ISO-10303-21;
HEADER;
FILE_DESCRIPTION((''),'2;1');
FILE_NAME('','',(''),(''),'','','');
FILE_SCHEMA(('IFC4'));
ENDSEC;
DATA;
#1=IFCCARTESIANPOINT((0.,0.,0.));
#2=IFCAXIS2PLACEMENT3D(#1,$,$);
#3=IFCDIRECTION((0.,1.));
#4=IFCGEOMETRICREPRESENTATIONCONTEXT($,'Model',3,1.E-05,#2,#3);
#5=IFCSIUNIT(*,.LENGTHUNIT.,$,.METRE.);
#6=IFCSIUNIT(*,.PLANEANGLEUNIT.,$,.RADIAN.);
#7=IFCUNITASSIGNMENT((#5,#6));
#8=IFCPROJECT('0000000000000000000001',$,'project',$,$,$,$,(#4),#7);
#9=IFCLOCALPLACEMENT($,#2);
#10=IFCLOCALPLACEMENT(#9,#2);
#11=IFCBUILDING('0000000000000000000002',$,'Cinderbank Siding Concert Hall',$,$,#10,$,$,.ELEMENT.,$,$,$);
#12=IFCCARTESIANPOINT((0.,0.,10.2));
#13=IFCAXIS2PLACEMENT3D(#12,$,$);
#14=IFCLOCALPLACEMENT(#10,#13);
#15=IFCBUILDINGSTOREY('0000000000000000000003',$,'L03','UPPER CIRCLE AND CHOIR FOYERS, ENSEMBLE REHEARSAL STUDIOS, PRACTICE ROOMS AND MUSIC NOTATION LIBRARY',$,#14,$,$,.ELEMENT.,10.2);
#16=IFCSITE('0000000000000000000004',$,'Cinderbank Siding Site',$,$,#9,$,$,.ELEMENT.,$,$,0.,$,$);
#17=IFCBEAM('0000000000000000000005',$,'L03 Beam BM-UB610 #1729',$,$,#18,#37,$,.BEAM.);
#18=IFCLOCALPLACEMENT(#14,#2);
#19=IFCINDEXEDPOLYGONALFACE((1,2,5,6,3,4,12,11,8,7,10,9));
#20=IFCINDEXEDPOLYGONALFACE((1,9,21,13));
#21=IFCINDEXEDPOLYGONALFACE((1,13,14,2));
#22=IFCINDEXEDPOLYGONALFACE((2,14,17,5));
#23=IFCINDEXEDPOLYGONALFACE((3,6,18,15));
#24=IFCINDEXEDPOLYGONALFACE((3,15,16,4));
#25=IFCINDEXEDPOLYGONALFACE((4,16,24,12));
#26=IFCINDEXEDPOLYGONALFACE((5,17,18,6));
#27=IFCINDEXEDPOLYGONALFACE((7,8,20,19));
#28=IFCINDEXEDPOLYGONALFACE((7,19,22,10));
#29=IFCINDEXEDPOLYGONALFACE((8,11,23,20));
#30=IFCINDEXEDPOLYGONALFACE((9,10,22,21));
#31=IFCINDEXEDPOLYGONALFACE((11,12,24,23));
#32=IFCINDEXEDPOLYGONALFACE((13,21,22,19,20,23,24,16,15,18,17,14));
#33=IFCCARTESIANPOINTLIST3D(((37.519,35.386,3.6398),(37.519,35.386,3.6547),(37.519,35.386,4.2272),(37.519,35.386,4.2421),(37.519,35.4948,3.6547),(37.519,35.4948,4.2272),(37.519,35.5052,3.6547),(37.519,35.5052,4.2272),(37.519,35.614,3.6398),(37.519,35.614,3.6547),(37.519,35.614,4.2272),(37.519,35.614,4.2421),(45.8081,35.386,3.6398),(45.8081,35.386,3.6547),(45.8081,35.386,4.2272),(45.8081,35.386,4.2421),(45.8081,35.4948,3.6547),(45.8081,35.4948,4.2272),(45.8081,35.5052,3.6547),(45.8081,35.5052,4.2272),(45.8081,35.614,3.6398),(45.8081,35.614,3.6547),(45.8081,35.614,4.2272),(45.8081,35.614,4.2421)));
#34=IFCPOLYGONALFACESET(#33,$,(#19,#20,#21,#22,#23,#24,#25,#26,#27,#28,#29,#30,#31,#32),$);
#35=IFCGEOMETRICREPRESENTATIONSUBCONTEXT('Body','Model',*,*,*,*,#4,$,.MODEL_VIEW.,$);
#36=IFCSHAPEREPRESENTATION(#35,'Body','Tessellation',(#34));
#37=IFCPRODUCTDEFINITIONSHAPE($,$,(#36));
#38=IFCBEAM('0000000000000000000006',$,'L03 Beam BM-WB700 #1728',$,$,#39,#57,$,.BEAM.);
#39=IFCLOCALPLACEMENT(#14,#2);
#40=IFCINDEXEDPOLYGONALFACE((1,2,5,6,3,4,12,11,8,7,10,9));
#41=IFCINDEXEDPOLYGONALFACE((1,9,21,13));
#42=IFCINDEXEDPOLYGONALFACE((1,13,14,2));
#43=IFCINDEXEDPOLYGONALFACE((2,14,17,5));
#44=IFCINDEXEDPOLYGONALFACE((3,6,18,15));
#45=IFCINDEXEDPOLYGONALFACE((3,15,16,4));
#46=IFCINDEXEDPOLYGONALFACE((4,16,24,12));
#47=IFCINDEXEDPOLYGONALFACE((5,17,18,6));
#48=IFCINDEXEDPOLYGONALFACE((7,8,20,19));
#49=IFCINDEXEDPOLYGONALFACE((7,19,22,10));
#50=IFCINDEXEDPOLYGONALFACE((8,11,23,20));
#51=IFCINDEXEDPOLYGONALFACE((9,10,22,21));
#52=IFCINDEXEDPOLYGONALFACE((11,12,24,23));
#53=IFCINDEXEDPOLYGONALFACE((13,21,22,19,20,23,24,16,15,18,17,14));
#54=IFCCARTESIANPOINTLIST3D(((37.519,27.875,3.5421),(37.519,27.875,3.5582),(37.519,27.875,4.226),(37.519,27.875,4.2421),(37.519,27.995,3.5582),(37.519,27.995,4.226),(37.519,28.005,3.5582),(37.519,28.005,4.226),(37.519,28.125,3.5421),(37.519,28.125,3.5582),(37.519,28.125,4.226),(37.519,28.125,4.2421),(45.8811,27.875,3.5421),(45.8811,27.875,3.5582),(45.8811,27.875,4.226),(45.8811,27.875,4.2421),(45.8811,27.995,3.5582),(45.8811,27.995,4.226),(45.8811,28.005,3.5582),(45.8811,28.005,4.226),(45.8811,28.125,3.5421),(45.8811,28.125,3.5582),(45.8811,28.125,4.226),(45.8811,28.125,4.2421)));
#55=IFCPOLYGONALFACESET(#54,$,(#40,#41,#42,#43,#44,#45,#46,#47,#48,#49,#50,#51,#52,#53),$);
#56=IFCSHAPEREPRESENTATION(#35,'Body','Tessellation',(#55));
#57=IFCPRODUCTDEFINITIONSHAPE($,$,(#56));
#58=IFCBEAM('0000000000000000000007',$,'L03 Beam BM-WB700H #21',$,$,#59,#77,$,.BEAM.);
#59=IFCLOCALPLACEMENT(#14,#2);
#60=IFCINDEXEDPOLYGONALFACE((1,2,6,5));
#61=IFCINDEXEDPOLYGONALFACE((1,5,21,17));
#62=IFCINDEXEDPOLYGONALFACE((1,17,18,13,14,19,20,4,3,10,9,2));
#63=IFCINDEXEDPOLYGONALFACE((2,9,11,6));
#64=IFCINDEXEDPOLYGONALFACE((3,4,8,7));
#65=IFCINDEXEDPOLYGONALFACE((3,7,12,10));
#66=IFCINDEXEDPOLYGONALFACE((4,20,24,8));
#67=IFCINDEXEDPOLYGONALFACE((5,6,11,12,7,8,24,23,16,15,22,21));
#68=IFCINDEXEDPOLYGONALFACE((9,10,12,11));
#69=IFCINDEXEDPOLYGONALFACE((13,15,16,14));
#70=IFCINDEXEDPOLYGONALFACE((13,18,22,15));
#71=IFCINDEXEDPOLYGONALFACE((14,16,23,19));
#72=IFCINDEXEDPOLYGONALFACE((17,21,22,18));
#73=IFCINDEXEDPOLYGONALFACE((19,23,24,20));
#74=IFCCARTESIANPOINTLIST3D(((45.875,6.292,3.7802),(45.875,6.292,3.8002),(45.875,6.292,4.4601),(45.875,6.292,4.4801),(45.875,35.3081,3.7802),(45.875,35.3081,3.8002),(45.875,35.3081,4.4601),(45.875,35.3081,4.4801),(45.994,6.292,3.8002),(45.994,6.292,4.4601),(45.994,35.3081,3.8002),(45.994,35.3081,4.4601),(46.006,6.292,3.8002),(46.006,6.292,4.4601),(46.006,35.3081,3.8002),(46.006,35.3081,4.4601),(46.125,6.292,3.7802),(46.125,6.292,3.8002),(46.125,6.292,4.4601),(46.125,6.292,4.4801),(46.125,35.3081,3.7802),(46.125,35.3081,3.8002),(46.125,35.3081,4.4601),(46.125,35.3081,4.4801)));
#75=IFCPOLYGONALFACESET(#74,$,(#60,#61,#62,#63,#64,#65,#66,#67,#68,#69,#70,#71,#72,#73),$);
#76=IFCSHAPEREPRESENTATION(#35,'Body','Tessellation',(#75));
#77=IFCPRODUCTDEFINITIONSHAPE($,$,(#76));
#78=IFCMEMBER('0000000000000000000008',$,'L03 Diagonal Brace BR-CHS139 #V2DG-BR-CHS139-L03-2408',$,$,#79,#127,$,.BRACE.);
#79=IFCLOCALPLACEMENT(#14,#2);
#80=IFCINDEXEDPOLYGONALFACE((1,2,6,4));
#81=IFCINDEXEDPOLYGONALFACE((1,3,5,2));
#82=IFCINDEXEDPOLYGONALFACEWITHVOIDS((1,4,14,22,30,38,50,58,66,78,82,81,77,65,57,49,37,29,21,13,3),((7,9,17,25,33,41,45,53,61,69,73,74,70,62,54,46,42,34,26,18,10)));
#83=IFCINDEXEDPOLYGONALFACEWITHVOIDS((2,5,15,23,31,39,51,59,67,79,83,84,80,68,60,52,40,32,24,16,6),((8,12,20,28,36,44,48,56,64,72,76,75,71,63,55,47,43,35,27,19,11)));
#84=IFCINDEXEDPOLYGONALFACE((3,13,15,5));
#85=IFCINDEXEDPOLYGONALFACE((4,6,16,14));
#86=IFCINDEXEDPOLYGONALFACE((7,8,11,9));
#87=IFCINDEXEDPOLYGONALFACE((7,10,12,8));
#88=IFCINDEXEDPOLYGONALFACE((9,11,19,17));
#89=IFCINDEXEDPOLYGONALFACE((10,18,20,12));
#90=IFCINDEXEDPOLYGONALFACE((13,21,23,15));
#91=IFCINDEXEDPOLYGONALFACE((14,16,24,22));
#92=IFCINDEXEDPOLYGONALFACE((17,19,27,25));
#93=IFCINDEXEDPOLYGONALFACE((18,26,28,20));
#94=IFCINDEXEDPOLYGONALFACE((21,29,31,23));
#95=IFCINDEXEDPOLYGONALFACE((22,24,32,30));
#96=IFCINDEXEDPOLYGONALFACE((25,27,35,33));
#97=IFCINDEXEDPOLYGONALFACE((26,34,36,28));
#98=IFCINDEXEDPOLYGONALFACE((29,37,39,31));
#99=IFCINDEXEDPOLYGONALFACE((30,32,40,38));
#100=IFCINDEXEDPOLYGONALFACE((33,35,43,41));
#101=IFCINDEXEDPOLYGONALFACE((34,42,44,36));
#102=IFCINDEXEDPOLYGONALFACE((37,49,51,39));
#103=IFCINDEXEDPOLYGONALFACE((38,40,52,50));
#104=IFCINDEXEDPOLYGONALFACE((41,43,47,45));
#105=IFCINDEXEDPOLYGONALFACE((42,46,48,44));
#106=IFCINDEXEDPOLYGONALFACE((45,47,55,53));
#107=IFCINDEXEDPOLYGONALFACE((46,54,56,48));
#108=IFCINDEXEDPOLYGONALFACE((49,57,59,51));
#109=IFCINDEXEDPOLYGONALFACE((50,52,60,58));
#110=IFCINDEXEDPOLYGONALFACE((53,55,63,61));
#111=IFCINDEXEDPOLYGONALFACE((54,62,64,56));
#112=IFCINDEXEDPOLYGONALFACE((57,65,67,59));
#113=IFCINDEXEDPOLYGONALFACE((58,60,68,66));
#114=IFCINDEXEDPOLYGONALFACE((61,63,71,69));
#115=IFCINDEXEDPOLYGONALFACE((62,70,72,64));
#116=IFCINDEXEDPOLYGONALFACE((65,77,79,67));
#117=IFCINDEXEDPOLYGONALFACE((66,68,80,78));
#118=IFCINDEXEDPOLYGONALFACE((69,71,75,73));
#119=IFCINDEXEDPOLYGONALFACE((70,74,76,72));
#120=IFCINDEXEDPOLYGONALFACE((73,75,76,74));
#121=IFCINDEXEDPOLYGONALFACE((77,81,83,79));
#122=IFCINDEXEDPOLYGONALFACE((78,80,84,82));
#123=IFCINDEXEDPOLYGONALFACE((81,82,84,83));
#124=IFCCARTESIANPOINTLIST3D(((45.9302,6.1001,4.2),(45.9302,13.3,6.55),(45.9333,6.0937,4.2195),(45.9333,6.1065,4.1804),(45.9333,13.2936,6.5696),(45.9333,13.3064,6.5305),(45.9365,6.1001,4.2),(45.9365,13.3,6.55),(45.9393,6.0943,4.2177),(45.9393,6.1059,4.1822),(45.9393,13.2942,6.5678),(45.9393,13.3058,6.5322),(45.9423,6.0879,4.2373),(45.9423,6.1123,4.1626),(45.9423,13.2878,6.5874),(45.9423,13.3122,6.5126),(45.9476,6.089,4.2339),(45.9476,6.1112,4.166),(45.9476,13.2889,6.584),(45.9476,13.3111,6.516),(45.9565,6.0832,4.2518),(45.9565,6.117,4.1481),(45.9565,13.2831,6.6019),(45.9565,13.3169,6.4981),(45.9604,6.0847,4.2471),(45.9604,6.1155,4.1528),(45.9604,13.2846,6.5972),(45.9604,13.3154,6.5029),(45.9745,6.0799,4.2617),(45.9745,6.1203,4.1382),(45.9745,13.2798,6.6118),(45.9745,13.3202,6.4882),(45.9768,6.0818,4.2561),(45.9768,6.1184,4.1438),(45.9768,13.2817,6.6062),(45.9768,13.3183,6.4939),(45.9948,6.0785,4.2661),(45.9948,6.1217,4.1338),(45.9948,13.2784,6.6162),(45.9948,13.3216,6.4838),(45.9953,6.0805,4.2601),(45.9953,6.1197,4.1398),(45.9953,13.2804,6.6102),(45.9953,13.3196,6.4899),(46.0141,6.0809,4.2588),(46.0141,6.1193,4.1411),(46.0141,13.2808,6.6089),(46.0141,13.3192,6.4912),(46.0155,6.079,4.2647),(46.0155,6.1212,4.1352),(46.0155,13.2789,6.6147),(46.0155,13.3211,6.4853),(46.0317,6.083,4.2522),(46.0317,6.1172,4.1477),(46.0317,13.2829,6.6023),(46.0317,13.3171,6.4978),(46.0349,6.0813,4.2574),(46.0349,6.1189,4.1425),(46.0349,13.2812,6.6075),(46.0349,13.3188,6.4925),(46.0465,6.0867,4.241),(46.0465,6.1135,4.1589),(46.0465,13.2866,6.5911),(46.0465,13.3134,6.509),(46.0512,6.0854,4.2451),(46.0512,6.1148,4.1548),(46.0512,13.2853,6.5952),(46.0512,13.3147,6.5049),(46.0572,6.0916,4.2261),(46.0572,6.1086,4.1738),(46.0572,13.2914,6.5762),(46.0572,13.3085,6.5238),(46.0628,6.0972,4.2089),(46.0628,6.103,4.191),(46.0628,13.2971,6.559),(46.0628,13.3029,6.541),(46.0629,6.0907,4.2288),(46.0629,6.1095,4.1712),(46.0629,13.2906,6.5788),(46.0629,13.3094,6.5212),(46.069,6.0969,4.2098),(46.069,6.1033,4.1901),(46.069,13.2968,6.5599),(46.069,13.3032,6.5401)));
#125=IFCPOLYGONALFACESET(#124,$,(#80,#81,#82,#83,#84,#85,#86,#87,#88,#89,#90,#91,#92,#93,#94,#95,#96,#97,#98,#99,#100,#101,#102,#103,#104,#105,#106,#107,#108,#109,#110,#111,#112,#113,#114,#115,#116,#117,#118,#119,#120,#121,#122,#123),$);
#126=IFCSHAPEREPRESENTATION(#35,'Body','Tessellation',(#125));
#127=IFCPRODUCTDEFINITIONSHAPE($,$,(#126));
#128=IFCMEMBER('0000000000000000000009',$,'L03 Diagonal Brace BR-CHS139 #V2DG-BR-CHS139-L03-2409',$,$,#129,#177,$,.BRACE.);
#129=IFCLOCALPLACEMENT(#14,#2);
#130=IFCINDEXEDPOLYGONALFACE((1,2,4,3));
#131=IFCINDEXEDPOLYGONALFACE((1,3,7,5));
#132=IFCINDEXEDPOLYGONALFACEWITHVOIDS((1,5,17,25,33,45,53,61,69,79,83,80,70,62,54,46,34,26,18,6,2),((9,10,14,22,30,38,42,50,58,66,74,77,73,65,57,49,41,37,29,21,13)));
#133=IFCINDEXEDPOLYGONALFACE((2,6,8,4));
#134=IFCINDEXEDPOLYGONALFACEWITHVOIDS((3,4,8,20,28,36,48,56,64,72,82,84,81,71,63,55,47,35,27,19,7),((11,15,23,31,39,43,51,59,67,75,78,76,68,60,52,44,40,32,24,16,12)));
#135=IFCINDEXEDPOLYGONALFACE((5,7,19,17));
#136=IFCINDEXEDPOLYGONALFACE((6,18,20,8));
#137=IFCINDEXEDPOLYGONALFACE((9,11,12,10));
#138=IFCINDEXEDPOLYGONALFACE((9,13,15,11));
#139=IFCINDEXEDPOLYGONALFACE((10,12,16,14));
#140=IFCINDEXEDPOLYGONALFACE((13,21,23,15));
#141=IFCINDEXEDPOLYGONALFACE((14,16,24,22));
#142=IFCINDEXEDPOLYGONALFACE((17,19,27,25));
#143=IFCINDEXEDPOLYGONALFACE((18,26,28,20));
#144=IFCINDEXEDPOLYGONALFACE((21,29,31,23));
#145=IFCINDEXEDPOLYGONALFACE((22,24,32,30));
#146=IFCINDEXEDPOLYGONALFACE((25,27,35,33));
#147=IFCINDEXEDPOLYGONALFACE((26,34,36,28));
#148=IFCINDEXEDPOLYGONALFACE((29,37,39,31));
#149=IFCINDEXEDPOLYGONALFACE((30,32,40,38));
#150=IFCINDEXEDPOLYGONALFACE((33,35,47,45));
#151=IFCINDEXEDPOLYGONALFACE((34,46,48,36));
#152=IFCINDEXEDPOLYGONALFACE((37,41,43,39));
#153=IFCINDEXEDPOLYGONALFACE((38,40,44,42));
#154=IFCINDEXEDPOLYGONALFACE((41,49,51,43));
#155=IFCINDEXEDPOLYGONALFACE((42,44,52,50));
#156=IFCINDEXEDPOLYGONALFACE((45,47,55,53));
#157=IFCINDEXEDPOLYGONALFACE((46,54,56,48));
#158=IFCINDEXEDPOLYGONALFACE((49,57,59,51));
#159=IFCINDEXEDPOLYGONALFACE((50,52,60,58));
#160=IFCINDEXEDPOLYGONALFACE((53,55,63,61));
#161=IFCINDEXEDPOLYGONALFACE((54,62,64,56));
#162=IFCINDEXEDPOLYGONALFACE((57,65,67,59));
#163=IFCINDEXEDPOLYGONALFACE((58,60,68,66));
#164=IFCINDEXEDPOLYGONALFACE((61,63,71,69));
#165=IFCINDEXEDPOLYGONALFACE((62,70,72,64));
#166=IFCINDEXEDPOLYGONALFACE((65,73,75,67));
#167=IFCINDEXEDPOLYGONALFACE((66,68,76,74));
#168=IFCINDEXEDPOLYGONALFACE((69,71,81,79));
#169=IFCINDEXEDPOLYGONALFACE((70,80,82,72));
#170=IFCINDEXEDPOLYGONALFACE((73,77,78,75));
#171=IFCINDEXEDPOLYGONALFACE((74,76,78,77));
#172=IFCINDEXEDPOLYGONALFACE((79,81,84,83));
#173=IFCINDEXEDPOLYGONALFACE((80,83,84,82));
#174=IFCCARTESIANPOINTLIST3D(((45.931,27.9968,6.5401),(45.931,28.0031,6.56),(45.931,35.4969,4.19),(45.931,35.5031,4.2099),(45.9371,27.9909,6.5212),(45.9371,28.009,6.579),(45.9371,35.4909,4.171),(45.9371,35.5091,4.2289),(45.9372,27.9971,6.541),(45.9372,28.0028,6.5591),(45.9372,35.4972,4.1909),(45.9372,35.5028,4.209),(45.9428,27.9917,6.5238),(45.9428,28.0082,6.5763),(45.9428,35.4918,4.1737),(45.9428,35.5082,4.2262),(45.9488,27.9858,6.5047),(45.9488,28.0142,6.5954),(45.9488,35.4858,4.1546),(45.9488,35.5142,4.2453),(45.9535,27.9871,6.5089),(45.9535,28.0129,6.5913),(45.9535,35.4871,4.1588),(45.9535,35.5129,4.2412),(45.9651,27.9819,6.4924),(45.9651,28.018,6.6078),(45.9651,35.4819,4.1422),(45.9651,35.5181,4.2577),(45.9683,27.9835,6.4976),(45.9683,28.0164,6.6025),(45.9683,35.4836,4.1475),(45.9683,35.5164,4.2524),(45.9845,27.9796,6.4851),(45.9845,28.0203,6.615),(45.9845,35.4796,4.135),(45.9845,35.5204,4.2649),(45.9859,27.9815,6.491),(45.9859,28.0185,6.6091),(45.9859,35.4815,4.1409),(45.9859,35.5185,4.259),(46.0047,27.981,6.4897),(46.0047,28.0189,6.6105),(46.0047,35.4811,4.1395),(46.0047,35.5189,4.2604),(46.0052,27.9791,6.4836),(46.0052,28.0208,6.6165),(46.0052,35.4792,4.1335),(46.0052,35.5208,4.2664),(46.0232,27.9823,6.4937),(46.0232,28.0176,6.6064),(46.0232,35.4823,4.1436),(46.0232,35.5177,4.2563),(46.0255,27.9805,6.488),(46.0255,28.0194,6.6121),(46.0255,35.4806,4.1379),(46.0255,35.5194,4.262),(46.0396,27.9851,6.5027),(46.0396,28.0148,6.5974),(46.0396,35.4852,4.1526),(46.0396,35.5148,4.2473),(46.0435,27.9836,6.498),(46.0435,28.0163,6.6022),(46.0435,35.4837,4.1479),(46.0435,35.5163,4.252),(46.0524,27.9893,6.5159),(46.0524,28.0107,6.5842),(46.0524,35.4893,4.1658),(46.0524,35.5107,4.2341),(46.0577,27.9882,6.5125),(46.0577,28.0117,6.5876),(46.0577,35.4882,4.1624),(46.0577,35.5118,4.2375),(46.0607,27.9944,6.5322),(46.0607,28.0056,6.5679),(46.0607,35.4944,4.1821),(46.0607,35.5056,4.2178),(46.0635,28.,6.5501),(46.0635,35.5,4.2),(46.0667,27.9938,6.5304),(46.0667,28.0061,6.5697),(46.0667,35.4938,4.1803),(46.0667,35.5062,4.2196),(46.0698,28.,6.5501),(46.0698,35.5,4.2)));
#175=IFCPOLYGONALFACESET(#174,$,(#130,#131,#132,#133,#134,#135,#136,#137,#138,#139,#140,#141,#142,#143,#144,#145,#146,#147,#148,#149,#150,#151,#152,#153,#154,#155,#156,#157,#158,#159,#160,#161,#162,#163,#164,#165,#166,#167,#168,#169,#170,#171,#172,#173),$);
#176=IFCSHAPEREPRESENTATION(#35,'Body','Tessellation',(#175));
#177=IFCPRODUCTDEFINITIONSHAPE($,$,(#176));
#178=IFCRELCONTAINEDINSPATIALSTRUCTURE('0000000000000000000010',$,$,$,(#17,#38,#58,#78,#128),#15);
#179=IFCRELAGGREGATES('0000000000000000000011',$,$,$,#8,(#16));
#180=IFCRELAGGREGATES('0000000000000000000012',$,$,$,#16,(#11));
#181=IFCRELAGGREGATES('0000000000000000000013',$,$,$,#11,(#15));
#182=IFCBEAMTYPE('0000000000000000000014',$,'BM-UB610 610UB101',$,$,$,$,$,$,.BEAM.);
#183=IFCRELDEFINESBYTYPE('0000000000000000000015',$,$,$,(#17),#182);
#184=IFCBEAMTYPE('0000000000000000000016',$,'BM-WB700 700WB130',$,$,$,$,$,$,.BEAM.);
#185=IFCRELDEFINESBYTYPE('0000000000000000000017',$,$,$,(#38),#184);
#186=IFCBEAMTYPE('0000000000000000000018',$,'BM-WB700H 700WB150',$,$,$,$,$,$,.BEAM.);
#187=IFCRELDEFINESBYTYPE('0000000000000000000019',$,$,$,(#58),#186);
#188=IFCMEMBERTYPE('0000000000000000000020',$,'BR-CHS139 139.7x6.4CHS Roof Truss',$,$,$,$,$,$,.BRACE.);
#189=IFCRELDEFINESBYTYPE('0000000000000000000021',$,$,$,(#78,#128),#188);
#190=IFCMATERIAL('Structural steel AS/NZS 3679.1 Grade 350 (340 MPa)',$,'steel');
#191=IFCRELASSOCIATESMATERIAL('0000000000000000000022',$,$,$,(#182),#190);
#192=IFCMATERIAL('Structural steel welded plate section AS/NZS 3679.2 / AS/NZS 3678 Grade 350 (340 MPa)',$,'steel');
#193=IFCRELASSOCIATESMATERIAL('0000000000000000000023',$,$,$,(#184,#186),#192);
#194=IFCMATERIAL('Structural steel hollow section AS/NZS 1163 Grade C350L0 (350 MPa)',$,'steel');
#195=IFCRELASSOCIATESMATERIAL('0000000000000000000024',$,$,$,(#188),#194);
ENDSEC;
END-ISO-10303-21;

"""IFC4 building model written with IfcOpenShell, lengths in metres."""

from ifc_helpers import new_model, si_unit, direction, frame, origin, origin_2d, place, context, subcontext, project, spatial, hollow_circle, i_section, extrude, material, material_profile, profile_set, type_object, element, save


model = new_model("IFC4")

# Units and contexts
model_context = context("Model", 3, precision=1e-05, world=origin(), true_north=direction((0.0, 1.0)))
body_context = subcontext(model_context, "Body", "Model", "MODEL_VIEW")
ifc_project = project(units=[si_unit("LENGTHUNIT", "METRE"), si_unit("PLANEANGLEUNIT", "RADIAN")], contexts=[model_context])

# Site, building, storey
site_placement = place(None, origin())
site = spatial("IfcSite", under=ifc_project, at=site_placement, Name="Cinderbank Siding Site", CompositionType="ELEMENT", RefElevation=0.0)
building_placement = place(site_placement, origin())
building = spatial("IfcBuilding", under=site, at=building_placement, Name="Cinderbank Siding Concert Hall", CompositionType="ELEMENT")
storey_placement = place(building_placement, frame((0.0, 0.0, 10.2)))
storey = spatial("IfcBuildingStorey", under=building, at=storey_placement, Name="L03", Description="UPPER CIRCLE AND CHOIR FOYERS, ENSEMBLE REHEARSAL STUDIOS, PRACTICE ROOMS AND MUSIC NOTATION LIBRARY", CompositionType="ELEMENT", Elevation=10.2)

# Shared definitions
ifc_material_1 = material(Name="Structural steel hollow section AS/NZS 1163 Grade C350L0 (350 MPa)", Category="steel")
ifc_material_2 = material(Name="Structural steel AS/NZS 3679.1 Grade 350 (340 MPa)", Category="steel")

# Beams
ifc_material_profile_1 = material_profile(ifc_material_2, i_section(OverallWidth=0.228, OverallDepth=0.6023, WebThickness=0.0105, FlangeThickness=0.0149, at=origin_2d()), Name="610UB101", Category="LoadBearing")
ifc_profile_set_1 = profile_set([ifc_material_profile_1], Name="Structural steel AS/NZS 3679.1 Grade 350 (340 MPa)")
beam_type_1 = type_object("IfcBeamType", Name="BM-UB610 610UB101", PredefinedType="BEAM", material=ifc_profile_set_1)
beam_1_placement = place(storey_placement, frame((37.519, 35.5, 3.9409), z_axis=(1.0, 0.0, 0.0), x_axis=(0.0, 1.0, 0.0)))
element("IfcBeam", 1, at=beam_1_placement, inside=storey, type_object=beam_type_1, Name="L03 Beam BM-UB610 #1729", PredefinedType="BEAM", context=body_context, shape_type="SweptSolid", body=[
    extrude(i_section(OverallWidth=0.228, OverallDepth=0.6023, WebThickness=0.0105, FlangeThickness=0.0149, at=origin_2d()), origin(), (0.0, 0.0, 1.0), 8.2891),
])
ifc_material_3 = material(Name="Structural steel welded plate section AS/NZS 3679.2 / AS/NZS 3678 Grade 350 (340 MPa)", Category="steel")
ifc_material_profile_2 = material_profile(ifc_material_3, i_section(OverallWidth=0.25, OverallDepth=0.7, WebThickness=0.01, FlangeThickness=0.0161, at=origin_2d()), Name="700WB130", Category="LoadBearing")
ifc_profile_set_2 = profile_set([ifc_material_profile_2], Name="Structural steel welded plate section AS/NZS 3679.2 / AS/NZS 3678 Grade 350 (340 MPa)")
beam_type_2 = type_object("IfcBeamType", Name="BM-WB700 700WB130", PredefinedType="BEAM", material=ifc_profile_set_2)
beam_2_placement = place(storey_placement, frame((37.519, 28.0, 3.8921), z_axis=(1.0, 0.0, 0.0), x_axis=(0.0, 1.0, 0.0)))
element("IfcBeam", 2, at=beam_2_placement, inside=storey, type_object=beam_type_2, Name="L03 Beam BM-WB700 #1728", PredefinedType="BEAM", context=body_context, shape_type="SweptSolid", body=[
    extrude(i_section(OverallWidth=0.25, OverallDepth=0.7, WebThickness=0.01, FlangeThickness=0.0161, at=origin_2d()), origin(), (0.0, 0.0, 1.0), 8.3621),
])
ifc_material_profile_3 = material_profile(ifc_material_3, i_section(OverallWidth=0.25, OverallDepth=0.7, WebThickness=0.012, FlangeThickness=0.02, at=origin_2d()), Name="700WB150", Category="LoadBearing")
ifc_profile_set_3 = profile_set([ifc_material_profile_3], Name="Structural steel welded plate section AS/NZS 3679.2 / AS/NZS 3678 Grade 350 (340 MPa)")
beam_type_3 = type_object("IfcBeamType", Name="BM-WB700H 700WB150", PredefinedType="BEAM", material=ifc_profile_set_3)
beam_3_placement = place(storey_placement, frame((46.0, 6.292, 4.1301), z_axis=(0.0, 1.0, 0.0), x_axis=(-1.0, 0.0, 0.0)))
element("IfcBeam", 3, at=beam_3_placement, inside=storey, type_object=beam_type_3, Name="L03 Beam BM-WB700H #21", PredefinedType="BEAM", context=body_context, shape_type="SweptSolid", body=[
    extrude(i_section(OverallWidth=0.25, OverallDepth=0.7, WebThickness=0.012, FlangeThickness=0.02, at=origin_2d()), origin(), (0.0, 0.0, 1.0), 29.0161),
])

# Members
ifc_material_profile_4 = material_profile(ifc_material_1, hollow_circle(Radius=0.0698, WallThickness=0.0063, at=origin_2d()), Name="139.7x6.4CHS", Category="LoadBearing")
ifc_profile_set_4 = profile_set([ifc_material_profile_4], Name="Structural steel hollow section AS/NZS 1163 Grade C350L0 (350 MPa)")
member_type_1 = type_object("IfcMemberType", Name="BR-CHS139 139.7x6.4CHS Roof Truss", PredefinedType="BRACE", material=ifc_profile_set_4)
member_1_placement = place(storey_placement, frame((46.0, 6.1001, 4.2), z_axis=(0.0, 0.950641, 0.310294), x_axis=(-1.0, 0.0, 0.0)))
element("IfcMember", 4, at=member_1_placement, inside=storey, type_object=member_type_1, Name="L03 Diagonal Brace BR-CHS139 #V2DG-BR-CHS139-L03-2408", PredefinedType="BRACE", context=body_context, shape_type="SweptSolid", body=[
    extrude(hollow_circle(Radius=0.0698, WallThickness=0.0063, at=origin_2d()), origin(), (0.0, 0.0, 1.0), 7.5737),
])
member_2_placement = place(storey_placement, frame((46.0, 35.5, 4.2), z_axis=(0.0, -0.95425, 0.299011), x_axis=(1.0, 0.0, 0.0)))
element("IfcMember", 5, at=member_2_placement, inside=storey, type_object=member_type_1, Name="L03 Diagonal Brace BR-CHS139 #V2DG-BR-CHS139-L03-2409", PredefinedType="BRACE", context=body_context, shape_type="SweptSolid", body=[
    extrude(hollow_circle(Radius=0.0698, WallThickness=0.0063, at=origin_2d()), origin(), (0.0, 0.0, 1.0), 7.8596),
])

save(model, "model.ifc")
